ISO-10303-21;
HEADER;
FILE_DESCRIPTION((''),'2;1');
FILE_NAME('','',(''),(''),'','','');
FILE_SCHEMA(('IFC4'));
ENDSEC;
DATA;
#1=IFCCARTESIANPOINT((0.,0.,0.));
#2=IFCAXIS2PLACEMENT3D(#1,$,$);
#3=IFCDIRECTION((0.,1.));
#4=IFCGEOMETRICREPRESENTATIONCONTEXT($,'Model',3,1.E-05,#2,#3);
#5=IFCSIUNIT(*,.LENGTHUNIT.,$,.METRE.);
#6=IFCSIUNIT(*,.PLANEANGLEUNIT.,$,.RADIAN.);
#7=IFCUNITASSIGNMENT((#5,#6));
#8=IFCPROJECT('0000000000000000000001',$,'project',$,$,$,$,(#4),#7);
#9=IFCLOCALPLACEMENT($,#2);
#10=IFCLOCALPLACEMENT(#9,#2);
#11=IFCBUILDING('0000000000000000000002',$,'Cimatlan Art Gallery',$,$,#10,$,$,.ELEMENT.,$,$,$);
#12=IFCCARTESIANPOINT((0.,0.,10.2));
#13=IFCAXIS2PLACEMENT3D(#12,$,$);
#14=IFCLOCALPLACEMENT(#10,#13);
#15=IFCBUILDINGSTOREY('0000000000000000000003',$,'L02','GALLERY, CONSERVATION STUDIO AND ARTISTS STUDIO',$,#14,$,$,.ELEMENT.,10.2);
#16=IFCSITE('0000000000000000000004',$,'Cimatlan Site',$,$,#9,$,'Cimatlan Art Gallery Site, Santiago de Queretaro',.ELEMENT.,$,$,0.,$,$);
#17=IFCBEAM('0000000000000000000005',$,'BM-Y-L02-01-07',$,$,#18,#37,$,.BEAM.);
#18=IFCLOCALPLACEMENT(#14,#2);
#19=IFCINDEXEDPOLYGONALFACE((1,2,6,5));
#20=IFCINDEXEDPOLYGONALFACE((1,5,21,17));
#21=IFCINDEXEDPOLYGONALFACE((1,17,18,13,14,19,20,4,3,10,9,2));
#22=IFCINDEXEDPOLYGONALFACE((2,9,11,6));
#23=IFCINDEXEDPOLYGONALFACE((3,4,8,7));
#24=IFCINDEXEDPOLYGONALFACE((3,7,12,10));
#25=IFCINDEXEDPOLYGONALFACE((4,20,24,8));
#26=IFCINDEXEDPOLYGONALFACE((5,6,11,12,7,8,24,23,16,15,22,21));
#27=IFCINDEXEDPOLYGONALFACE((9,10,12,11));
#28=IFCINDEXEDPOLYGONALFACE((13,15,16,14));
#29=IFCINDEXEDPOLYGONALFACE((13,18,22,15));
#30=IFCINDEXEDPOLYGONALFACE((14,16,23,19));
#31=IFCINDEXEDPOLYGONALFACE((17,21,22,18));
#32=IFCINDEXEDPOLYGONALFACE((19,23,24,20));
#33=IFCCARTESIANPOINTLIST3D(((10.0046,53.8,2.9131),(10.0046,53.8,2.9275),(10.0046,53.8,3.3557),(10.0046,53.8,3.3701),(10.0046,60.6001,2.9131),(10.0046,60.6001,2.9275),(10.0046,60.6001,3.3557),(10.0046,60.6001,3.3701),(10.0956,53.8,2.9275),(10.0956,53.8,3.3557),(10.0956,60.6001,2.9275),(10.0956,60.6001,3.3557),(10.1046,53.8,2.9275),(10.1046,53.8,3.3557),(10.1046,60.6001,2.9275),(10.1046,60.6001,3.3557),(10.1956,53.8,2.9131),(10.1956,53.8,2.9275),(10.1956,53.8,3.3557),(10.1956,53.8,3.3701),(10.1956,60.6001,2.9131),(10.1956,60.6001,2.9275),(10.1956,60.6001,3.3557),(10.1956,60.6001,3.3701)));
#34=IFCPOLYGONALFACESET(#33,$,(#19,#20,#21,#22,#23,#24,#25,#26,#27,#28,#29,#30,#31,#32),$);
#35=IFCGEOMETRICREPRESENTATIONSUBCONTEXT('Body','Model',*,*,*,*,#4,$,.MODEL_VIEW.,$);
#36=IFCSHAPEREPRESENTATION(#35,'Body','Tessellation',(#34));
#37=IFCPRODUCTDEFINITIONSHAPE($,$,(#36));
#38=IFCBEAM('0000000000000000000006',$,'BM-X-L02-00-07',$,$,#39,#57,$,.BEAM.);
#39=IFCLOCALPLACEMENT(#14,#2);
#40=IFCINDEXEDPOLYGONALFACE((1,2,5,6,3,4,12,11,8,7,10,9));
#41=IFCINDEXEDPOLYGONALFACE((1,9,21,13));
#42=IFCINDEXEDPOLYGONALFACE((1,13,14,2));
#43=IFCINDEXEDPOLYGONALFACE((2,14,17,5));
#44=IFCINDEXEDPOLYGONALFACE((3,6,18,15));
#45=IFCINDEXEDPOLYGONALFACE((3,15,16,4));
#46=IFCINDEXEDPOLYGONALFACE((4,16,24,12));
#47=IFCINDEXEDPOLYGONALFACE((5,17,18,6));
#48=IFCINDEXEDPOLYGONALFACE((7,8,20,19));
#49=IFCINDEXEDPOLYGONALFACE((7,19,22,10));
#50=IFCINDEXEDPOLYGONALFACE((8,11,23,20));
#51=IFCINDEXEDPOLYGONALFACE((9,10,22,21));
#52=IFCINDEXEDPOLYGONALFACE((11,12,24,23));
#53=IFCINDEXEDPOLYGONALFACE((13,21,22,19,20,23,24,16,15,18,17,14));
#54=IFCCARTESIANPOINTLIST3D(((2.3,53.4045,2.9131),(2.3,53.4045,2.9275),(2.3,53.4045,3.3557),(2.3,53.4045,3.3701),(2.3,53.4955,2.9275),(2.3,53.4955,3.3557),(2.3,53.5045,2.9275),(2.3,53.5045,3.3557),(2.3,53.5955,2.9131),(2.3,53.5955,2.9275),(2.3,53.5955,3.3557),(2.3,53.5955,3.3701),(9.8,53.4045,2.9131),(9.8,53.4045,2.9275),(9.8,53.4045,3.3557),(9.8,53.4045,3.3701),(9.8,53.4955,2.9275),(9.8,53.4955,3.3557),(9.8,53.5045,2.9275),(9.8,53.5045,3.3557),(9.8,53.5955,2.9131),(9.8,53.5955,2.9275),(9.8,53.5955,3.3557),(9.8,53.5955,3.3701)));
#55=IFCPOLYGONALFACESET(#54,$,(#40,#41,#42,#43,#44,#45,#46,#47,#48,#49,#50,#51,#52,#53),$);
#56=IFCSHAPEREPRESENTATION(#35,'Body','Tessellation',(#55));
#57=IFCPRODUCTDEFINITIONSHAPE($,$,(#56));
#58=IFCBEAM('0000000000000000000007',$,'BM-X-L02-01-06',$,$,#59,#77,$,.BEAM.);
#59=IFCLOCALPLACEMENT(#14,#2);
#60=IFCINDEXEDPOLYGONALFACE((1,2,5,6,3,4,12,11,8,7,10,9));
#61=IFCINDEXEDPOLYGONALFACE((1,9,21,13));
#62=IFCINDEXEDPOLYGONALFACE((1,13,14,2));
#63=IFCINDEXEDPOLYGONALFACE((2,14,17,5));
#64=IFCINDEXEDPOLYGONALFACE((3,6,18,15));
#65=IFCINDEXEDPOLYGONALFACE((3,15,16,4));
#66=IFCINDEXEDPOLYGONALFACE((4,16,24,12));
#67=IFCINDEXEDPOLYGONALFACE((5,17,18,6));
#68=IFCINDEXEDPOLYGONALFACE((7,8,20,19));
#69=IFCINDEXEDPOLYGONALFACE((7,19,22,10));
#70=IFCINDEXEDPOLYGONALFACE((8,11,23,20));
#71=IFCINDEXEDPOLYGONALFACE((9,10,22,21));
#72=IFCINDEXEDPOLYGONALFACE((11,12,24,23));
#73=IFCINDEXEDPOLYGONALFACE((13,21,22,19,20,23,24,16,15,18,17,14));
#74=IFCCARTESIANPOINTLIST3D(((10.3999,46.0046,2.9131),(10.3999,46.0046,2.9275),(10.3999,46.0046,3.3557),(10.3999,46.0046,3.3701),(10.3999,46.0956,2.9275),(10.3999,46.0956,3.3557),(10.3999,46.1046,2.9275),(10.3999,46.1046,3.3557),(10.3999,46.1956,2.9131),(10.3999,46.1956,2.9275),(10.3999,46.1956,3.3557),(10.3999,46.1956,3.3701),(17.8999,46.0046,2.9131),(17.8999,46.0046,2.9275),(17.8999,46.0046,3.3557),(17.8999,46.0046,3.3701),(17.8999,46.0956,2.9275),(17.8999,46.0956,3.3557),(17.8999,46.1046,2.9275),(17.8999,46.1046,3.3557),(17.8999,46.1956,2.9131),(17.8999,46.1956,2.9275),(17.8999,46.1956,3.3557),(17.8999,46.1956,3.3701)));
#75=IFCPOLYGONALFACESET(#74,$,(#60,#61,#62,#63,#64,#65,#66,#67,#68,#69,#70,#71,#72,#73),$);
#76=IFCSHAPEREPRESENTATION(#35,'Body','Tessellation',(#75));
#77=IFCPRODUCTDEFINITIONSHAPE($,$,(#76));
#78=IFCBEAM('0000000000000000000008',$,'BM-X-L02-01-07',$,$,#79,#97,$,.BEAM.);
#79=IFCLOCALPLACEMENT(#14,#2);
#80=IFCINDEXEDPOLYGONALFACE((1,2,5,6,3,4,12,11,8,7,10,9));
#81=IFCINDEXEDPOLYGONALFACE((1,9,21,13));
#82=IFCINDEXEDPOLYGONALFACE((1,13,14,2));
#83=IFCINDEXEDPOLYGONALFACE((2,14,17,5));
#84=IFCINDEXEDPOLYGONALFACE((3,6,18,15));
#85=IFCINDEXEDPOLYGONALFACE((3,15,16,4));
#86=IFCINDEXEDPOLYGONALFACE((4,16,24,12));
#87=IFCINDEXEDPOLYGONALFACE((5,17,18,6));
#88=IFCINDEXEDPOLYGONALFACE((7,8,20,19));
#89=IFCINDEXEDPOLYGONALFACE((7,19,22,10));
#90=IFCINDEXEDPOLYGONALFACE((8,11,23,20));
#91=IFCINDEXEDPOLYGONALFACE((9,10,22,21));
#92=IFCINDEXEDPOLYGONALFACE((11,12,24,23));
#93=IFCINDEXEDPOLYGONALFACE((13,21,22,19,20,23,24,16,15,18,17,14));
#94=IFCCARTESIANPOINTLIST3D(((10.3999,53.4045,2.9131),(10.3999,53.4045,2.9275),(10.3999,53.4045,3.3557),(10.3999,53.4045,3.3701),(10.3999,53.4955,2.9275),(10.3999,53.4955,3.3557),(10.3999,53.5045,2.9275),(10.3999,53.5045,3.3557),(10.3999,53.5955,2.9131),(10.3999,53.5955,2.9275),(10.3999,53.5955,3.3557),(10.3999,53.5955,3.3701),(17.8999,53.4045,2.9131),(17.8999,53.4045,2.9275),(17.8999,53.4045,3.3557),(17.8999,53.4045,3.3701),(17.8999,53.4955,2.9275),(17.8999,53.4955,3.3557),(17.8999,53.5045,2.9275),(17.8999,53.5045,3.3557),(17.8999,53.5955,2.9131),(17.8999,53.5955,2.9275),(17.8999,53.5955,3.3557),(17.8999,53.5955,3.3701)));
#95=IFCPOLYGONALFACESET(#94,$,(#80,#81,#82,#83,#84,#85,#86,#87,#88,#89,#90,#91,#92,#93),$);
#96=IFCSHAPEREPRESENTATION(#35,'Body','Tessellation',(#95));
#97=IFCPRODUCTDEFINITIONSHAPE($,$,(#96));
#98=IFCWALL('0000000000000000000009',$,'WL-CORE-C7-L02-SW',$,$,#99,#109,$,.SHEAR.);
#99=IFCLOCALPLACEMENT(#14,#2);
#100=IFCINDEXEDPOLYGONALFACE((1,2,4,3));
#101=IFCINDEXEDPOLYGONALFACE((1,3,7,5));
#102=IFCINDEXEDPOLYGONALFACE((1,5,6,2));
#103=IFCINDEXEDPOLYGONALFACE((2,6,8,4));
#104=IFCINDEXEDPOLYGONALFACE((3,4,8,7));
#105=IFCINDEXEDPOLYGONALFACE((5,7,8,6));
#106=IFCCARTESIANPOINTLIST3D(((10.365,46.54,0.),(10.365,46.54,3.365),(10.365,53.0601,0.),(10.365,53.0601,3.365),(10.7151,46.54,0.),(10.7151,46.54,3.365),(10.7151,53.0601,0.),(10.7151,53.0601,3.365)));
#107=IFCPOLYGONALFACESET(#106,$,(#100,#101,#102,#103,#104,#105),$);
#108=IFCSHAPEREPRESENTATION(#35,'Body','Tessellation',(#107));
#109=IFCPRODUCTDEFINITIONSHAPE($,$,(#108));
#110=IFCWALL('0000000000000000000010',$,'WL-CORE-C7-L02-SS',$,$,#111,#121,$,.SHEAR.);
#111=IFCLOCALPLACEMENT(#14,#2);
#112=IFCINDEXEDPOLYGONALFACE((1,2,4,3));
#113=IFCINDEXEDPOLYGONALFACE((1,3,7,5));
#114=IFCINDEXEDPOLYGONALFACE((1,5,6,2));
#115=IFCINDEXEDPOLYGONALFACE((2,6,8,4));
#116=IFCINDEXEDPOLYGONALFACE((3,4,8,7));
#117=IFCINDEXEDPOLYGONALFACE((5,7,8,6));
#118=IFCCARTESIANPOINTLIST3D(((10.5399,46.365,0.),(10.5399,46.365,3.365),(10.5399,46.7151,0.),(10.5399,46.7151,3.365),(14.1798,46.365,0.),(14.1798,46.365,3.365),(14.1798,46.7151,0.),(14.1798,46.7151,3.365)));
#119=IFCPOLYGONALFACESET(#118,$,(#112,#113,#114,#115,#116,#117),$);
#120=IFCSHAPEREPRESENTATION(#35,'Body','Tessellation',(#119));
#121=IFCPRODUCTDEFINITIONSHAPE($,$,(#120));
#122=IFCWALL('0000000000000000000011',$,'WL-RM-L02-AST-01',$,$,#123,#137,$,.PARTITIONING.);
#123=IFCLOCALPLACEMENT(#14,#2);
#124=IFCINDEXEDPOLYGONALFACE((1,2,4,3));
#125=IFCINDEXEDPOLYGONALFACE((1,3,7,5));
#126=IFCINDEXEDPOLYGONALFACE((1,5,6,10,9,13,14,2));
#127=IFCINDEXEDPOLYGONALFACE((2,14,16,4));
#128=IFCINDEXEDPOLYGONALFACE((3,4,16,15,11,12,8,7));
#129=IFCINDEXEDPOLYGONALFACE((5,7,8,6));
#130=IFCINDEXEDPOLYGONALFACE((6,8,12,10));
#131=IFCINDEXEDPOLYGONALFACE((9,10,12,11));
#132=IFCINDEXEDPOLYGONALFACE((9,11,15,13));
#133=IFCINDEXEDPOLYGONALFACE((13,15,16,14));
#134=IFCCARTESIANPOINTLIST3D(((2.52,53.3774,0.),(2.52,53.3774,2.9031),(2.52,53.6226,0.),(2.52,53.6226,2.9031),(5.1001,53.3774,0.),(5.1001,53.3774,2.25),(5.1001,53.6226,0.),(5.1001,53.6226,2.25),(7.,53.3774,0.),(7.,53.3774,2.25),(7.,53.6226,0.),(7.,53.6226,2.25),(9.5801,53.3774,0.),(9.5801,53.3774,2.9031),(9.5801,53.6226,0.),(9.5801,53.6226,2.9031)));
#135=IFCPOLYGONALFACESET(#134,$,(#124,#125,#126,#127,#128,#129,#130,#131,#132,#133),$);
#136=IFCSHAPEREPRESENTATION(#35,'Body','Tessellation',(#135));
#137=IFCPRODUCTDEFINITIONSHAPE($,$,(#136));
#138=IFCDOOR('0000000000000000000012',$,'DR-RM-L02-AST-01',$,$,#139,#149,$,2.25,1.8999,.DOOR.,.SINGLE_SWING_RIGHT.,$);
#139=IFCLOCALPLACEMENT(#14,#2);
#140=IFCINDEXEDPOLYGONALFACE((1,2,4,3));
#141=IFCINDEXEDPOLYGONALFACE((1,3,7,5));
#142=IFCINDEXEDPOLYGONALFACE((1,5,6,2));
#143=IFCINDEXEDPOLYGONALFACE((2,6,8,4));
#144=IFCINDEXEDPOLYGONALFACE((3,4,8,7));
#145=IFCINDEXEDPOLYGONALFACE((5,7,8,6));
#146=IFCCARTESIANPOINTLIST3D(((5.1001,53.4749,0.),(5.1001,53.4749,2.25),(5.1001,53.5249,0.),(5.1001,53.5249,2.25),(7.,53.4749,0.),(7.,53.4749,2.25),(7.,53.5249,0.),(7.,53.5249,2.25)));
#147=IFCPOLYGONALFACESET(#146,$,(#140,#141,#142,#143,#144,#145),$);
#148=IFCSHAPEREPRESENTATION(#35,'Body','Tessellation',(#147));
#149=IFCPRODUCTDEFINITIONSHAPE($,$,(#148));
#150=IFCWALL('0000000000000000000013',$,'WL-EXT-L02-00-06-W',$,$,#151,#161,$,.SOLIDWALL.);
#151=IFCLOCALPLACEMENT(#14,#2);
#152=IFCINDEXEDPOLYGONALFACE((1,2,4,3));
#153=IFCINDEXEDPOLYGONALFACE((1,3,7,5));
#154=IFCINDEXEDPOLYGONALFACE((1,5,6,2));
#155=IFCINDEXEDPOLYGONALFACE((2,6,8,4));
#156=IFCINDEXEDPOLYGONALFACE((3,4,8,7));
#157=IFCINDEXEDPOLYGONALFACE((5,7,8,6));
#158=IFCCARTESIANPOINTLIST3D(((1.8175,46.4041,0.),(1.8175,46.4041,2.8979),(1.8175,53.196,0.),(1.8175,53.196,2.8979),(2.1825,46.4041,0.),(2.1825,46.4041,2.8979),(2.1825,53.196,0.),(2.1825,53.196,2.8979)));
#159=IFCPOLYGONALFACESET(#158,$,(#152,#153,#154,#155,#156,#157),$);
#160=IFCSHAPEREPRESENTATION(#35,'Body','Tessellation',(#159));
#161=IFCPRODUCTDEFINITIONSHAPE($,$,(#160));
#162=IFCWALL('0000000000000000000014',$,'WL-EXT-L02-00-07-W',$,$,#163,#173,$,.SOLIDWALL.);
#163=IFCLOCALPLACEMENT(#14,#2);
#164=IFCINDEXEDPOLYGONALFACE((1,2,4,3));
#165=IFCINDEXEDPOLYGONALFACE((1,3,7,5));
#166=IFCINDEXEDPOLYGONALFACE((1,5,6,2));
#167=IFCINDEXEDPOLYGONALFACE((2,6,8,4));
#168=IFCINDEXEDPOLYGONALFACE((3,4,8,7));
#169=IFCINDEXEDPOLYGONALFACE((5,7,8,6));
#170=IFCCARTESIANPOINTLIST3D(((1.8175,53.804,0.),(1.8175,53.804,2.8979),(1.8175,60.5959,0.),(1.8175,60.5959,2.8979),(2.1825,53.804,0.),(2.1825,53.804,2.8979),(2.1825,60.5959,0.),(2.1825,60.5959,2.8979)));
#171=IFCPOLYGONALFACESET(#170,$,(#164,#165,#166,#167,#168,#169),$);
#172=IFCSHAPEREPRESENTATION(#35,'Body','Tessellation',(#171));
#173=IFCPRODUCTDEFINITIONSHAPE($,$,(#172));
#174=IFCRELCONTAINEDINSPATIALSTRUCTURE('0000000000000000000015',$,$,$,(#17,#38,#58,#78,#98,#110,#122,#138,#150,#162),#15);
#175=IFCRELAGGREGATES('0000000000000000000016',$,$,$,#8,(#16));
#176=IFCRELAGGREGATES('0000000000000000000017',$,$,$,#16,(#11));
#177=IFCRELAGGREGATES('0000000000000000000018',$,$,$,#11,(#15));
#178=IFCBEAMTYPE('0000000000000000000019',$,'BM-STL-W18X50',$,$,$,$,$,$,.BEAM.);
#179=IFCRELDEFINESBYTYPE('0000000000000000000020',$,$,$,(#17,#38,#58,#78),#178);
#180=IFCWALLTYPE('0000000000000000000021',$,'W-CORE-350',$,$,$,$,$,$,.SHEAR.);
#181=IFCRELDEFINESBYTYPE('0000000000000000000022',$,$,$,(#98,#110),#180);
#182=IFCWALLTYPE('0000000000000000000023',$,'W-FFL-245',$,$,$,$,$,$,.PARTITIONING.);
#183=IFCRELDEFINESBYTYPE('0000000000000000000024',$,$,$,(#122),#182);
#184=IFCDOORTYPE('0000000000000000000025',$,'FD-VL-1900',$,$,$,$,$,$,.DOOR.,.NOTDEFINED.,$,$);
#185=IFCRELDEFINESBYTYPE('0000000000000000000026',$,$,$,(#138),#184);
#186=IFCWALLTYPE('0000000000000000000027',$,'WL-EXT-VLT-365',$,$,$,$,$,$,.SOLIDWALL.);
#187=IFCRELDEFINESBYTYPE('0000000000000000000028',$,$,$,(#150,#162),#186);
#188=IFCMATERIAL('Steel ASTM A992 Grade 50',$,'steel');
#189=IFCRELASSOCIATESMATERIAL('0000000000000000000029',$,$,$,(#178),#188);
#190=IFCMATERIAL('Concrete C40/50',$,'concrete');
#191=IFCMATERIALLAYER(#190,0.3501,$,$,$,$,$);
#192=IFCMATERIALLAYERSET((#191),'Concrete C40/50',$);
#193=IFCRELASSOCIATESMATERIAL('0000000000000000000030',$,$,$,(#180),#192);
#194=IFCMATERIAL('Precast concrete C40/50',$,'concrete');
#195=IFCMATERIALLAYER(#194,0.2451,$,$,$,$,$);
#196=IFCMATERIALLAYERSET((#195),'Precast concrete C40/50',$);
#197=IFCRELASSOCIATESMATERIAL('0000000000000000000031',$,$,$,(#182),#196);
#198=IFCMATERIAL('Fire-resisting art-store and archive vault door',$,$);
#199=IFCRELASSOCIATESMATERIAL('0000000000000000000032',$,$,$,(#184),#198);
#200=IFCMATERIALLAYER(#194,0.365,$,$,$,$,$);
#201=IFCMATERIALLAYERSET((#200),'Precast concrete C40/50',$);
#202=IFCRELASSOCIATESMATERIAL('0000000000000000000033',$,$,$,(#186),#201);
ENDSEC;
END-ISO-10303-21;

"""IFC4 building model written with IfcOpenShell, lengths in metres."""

from ifc_helpers import new_model, si_unit, direction, frame, frame_2d, origin, origin_2d, place, context, subcontext, project, spatial, rectangle, i_section, extrude, material, layer, layer_set, material_profile, profile_set, type_object, element, fill, save


model = new_model("IFC4")

# Units and contexts
model_context = context("Model", 3, precision=1e-05, world=origin(), true_north=direction((0.0, 1.0)))
body_context = subcontext(model_context, "Body", "Model", "MODEL_VIEW")
ifc_project = project(units=[si_unit("LENGTHUNIT", "METRE"), si_unit("PLANEANGLEUNIT", "RADIAN")], contexts=[model_context])

# Site, building, storey
site_placement = place(None, origin())
site = spatial("IfcSite", under=ifc_project, at=site_placement, Name="Cimatlan Site", LongName="Cimatlan Art Gallery Site, Santiago de Queretaro", CompositionType="ELEMENT", RefElevation=0.0)
building_placement = place(site_placement, origin())
building = spatial("IfcBuilding", under=site, at=building_placement, Name="Cimatlan Art Gallery", CompositionType="ELEMENT")
storey_placement = place(building_placement, frame((0.0, 0.0, 10.2)))
storey = spatial("IfcBuildingStorey", under=building, at=storey_placement, Name="L02", Description="GALLERY, CONSERVATION STUDIO AND ARTISTS STUDIO", CompositionType="ELEMENT", Elevation=10.2)

# Beams
ifc_material_1 = material(Name="Steel ASTM A992 Grade 50", Category="steel")
ifc_material_profile_1 = material_profile(ifc_material_1, i_section(OverallWidth=0.1909, OverallDepth=0.457, WebThickness=0.009, FlangeThickness=0.0144, at=origin_2d()), Name="W18X50")
ifc_profile_set_1 = profile_set([ifc_material_profile_1], Name="Steel ASTM A992 Grade 50")
beam_type_1 = type_object("IfcBeamType", Name="BM-STL-W18X50", PredefinedType="BEAM", material=ifc_profile_set_1)
for number, where, z_axis, x_axis, name in (
    (1, (10.1001, 53.8, 3.1416), (0.0, 1.0, 0.0), (-1.0, 0.0, 0.0), "BM-Y-L02-01-07"),
):
    element("IfcBeam", number, at=place(storey_placement, frame(where, z_axis=z_axis, x_axis=x_axis)), inside=storey, type_object=beam_type_1, Name=name, PredefinedType="BEAM", context=body_context, shape_type="SweptSolid", body=[
        extrude(i_section(OverallWidth=0.1909, OverallDepth=0.457, WebThickness=0.009, FlangeThickness=0.0144, at=origin_2d()), origin(), (0.0, 0.0, 1.0), 6.8),
    ])
for number, where, z_axis, x_axis, name in (
    (2, (2.3, 53.5, 3.1416), (1.0, 0.0, 0.0), (0.0, 1.0, 0.0), "BM-X-L02-00-07"),
    (3, (10.3999, 46.1001, 3.1416), (1.0, 0.0, 0.0), (0.0, 1.0, 0.0), "BM-X-L02-01-06"),
    (4, (10.3999, 53.5, 3.1416), (1.0, 0.0, 0.0), (0.0, 1.0, 0.0), "BM-X-L02-01-07"),
):
    element("IfcBeam", number, at=place(storey_placement, frame(where, z_axis=z_axis, x_axis=x_axis)), inside=storey, type_object=beam_type_1, Name=name, PredefinedType="BEAM", context=body_context, shape_type="SweptSolid", body=[
        extrude(i_section(OverallWidth=0.1909, OverallDepth=0.457, WebThickness=0.009, FlangeThickness=0.0144, at=origin_2d()), origin(), (0.0, 0.0, 1.0), 7.5),
    ])

# Walls
ifc_material_2 = material(Name="Concrete C40/50", Category="concrete")
ifc_layer_1 = layer(ifc_material_2, 0.3501)
ifc_layer_set_1 = layer_set([ifc_layer_1], Name="Concrete C40/50")
wall_type_1 = type_object("IfcWallType", Name="W-CORE-350", PredefinedType="SHEAR", material=ifc_layer_set_1)
wall_1_placement = place(storey_placement, frame((10.54, 46.54, 0.0), z_axis=(0.0, 0.0, 1.0), x_axis=(0.0, 1.0, 0.0)))
element("IfcWall", 5, at=wall_1_placement, inside=storey, type_object=wall_type_1, Name="WL-CORE-C7-L02-SW", PredefinedType="SHEAR", context=body_context, shape_type="SweptSolid", body=[
    extrude(rectangle(XDim=6.52, YDim=0.3501, at=frame_2d((3.26, 0.0))), origin(), (0.0, 0.0, 1.0), 3.365),
])
wall_2_placement = place(storey_placement, frame((10.54, 46.54, 0.0), z_axis=(0.0, 0.0, 1.0), x_axis=(1.0, 0.0, 0.0)))
element("IfcWall", 6, at=wall_2_placement, inside=storey, type_object=wall_type_1, Name="WL-CORE-C7-L02-SS", PredefinedType="SHEAR", context=body_context, shape_type="SweptSolid", body=[
    extrude(rectangle(XDim=3.6399, YDim=0.3501, at=frame_2d((1.8198, 0.0))), origin(), (0.0, 0.0, 1.0), 3.365),
])

# Wall, opening, door
ifc_material_3 = material(Name="Precast concrete C40/50", Category="concrete")
ifc_layer_2 = layer(ifc_material_3, 0.2451)
ifc_layer_set_2 = layer_set([ifc_layer_2], Name="Precast concrete C40/50")
wall_type_2 = type_object("IfcWallType", Name="W-FFL-245", PredefinedType="PARTITIONING", material=ifc_layer_set_2)
wall_3_placement = place(storey_placement, frame((2.52, 53.5, 0.0), z_axis=(0.0, 0.0, 1.0), x_axis=(1.0, 0.0, 0.0)))
wall_3 = element("IfcWall", 7, at=wall_3_placement, inside=storey, type_object=wall_type_2, Name="WL-RM-L02-AST-01", PredefinedType="PARTITIONING", context=body_context, shape_type="SweptSolid", body=[
    extrude(rectangle(XDim=7.0601, YDim=0.2451, at=frame_2d((3.53, 0.0))), origin(), (0.0, 0.0, 1.0), 2.9031),
])
opening_1_placement = place(wall_3_placement, frame((2.5801, 0.0, 0.0)))
opening_1 = element("IfcOpeningElement", 8, at=opening_1_placement, cuts=wall_3, PredefinedType="OPENING", context=body_context, shape_type="SweptSolid", body=[
    extrude(rectangle(XDim=1.8999, YDim=2.25, at=frame_2d((0.95, 1.125))), frame((0.0, 0.1326, 0.0), z_axis=(0.0, -1.0, 0.0), x_axis=(1.0, 0.0, 0.0)), (0.0, 0.0, 1.0), 0.2651),
])
ifc_material_4 = material(Name="Fire-resisting art-store and archive vault door")
door_type_1 = type_object("IfcDoorType", Name="FD-VL-1900", OperationType="NOTDEFINED", PredefinedType="DOOR", material=ifc_material_4)
door_1_placement = place(opening_1_placement, origin())
door_1 = element("IfcDoor", 9, at=door_1_placement, inside=storey, type_object=door_type_1, Name="DR-RM-L02-AST-01", OperationType="SINGLE_SWING_RIGHT", OverallHeight=2.25, OverallWidth=1.8999, PredefinedType="DOOR", context=body_context, shape_type="SweptSolid", body=[
    extrude(rectangle(XDim=1.8999, YDim=2.25, at=frame_2d((0.95, 1.125))), frame((0.0, 0.0249, 0.0), z_axis=(0.0, -1.0, 0.0), x_axis=(1.0, 0.0, 0.0)), (0.0, 0.0, 1.0), 0.05),
])
fill(opening_1, door_1)

# Walls
ifc_layer_3 = layer(ifc_material_3, 0.365)
ifc_layer_set_3 = layer_set([ifc_layer_3], Name="Precast concrete C40/50")
wall_type_3 = type_object("IfcWallType", Name="WL-EXT-VLT-365", PredefinedType="SOLIDWALL", material=ifc_layer_set_3)
for number, where, z_axis, x_axis, name in (
    (10, (2.0, 46.4041, 0.0), (0.0, 0.0, 1.0), (0.0, 1.0, 0.0), "WL-EXT-L02-00-06-W"),
    (11, (2.0, 53.804, 0.0), (0.0, 0.0, 1.0), (0.0, 1.0, 0.0), "WL-EXT-L02-00-07-W"),
):
    element("IfcWall", number, at=place(storey_placement, frame(where, z_axis=z_axis, x_axis=x_axis)), inside=storey, type_object=wall_type_3, Name=name, PredefinedType="SOLIDWALL", context=body_context, shape_type="SweptSolid", body=[
        extrude(rectangle(XDim=6.792, YDim=0.365, at=frame_2d((3.396, 0.0))), origin(), (0.0, 0.0, 1.0), 2.8979),
    ])

save(model, "model.ifc")
